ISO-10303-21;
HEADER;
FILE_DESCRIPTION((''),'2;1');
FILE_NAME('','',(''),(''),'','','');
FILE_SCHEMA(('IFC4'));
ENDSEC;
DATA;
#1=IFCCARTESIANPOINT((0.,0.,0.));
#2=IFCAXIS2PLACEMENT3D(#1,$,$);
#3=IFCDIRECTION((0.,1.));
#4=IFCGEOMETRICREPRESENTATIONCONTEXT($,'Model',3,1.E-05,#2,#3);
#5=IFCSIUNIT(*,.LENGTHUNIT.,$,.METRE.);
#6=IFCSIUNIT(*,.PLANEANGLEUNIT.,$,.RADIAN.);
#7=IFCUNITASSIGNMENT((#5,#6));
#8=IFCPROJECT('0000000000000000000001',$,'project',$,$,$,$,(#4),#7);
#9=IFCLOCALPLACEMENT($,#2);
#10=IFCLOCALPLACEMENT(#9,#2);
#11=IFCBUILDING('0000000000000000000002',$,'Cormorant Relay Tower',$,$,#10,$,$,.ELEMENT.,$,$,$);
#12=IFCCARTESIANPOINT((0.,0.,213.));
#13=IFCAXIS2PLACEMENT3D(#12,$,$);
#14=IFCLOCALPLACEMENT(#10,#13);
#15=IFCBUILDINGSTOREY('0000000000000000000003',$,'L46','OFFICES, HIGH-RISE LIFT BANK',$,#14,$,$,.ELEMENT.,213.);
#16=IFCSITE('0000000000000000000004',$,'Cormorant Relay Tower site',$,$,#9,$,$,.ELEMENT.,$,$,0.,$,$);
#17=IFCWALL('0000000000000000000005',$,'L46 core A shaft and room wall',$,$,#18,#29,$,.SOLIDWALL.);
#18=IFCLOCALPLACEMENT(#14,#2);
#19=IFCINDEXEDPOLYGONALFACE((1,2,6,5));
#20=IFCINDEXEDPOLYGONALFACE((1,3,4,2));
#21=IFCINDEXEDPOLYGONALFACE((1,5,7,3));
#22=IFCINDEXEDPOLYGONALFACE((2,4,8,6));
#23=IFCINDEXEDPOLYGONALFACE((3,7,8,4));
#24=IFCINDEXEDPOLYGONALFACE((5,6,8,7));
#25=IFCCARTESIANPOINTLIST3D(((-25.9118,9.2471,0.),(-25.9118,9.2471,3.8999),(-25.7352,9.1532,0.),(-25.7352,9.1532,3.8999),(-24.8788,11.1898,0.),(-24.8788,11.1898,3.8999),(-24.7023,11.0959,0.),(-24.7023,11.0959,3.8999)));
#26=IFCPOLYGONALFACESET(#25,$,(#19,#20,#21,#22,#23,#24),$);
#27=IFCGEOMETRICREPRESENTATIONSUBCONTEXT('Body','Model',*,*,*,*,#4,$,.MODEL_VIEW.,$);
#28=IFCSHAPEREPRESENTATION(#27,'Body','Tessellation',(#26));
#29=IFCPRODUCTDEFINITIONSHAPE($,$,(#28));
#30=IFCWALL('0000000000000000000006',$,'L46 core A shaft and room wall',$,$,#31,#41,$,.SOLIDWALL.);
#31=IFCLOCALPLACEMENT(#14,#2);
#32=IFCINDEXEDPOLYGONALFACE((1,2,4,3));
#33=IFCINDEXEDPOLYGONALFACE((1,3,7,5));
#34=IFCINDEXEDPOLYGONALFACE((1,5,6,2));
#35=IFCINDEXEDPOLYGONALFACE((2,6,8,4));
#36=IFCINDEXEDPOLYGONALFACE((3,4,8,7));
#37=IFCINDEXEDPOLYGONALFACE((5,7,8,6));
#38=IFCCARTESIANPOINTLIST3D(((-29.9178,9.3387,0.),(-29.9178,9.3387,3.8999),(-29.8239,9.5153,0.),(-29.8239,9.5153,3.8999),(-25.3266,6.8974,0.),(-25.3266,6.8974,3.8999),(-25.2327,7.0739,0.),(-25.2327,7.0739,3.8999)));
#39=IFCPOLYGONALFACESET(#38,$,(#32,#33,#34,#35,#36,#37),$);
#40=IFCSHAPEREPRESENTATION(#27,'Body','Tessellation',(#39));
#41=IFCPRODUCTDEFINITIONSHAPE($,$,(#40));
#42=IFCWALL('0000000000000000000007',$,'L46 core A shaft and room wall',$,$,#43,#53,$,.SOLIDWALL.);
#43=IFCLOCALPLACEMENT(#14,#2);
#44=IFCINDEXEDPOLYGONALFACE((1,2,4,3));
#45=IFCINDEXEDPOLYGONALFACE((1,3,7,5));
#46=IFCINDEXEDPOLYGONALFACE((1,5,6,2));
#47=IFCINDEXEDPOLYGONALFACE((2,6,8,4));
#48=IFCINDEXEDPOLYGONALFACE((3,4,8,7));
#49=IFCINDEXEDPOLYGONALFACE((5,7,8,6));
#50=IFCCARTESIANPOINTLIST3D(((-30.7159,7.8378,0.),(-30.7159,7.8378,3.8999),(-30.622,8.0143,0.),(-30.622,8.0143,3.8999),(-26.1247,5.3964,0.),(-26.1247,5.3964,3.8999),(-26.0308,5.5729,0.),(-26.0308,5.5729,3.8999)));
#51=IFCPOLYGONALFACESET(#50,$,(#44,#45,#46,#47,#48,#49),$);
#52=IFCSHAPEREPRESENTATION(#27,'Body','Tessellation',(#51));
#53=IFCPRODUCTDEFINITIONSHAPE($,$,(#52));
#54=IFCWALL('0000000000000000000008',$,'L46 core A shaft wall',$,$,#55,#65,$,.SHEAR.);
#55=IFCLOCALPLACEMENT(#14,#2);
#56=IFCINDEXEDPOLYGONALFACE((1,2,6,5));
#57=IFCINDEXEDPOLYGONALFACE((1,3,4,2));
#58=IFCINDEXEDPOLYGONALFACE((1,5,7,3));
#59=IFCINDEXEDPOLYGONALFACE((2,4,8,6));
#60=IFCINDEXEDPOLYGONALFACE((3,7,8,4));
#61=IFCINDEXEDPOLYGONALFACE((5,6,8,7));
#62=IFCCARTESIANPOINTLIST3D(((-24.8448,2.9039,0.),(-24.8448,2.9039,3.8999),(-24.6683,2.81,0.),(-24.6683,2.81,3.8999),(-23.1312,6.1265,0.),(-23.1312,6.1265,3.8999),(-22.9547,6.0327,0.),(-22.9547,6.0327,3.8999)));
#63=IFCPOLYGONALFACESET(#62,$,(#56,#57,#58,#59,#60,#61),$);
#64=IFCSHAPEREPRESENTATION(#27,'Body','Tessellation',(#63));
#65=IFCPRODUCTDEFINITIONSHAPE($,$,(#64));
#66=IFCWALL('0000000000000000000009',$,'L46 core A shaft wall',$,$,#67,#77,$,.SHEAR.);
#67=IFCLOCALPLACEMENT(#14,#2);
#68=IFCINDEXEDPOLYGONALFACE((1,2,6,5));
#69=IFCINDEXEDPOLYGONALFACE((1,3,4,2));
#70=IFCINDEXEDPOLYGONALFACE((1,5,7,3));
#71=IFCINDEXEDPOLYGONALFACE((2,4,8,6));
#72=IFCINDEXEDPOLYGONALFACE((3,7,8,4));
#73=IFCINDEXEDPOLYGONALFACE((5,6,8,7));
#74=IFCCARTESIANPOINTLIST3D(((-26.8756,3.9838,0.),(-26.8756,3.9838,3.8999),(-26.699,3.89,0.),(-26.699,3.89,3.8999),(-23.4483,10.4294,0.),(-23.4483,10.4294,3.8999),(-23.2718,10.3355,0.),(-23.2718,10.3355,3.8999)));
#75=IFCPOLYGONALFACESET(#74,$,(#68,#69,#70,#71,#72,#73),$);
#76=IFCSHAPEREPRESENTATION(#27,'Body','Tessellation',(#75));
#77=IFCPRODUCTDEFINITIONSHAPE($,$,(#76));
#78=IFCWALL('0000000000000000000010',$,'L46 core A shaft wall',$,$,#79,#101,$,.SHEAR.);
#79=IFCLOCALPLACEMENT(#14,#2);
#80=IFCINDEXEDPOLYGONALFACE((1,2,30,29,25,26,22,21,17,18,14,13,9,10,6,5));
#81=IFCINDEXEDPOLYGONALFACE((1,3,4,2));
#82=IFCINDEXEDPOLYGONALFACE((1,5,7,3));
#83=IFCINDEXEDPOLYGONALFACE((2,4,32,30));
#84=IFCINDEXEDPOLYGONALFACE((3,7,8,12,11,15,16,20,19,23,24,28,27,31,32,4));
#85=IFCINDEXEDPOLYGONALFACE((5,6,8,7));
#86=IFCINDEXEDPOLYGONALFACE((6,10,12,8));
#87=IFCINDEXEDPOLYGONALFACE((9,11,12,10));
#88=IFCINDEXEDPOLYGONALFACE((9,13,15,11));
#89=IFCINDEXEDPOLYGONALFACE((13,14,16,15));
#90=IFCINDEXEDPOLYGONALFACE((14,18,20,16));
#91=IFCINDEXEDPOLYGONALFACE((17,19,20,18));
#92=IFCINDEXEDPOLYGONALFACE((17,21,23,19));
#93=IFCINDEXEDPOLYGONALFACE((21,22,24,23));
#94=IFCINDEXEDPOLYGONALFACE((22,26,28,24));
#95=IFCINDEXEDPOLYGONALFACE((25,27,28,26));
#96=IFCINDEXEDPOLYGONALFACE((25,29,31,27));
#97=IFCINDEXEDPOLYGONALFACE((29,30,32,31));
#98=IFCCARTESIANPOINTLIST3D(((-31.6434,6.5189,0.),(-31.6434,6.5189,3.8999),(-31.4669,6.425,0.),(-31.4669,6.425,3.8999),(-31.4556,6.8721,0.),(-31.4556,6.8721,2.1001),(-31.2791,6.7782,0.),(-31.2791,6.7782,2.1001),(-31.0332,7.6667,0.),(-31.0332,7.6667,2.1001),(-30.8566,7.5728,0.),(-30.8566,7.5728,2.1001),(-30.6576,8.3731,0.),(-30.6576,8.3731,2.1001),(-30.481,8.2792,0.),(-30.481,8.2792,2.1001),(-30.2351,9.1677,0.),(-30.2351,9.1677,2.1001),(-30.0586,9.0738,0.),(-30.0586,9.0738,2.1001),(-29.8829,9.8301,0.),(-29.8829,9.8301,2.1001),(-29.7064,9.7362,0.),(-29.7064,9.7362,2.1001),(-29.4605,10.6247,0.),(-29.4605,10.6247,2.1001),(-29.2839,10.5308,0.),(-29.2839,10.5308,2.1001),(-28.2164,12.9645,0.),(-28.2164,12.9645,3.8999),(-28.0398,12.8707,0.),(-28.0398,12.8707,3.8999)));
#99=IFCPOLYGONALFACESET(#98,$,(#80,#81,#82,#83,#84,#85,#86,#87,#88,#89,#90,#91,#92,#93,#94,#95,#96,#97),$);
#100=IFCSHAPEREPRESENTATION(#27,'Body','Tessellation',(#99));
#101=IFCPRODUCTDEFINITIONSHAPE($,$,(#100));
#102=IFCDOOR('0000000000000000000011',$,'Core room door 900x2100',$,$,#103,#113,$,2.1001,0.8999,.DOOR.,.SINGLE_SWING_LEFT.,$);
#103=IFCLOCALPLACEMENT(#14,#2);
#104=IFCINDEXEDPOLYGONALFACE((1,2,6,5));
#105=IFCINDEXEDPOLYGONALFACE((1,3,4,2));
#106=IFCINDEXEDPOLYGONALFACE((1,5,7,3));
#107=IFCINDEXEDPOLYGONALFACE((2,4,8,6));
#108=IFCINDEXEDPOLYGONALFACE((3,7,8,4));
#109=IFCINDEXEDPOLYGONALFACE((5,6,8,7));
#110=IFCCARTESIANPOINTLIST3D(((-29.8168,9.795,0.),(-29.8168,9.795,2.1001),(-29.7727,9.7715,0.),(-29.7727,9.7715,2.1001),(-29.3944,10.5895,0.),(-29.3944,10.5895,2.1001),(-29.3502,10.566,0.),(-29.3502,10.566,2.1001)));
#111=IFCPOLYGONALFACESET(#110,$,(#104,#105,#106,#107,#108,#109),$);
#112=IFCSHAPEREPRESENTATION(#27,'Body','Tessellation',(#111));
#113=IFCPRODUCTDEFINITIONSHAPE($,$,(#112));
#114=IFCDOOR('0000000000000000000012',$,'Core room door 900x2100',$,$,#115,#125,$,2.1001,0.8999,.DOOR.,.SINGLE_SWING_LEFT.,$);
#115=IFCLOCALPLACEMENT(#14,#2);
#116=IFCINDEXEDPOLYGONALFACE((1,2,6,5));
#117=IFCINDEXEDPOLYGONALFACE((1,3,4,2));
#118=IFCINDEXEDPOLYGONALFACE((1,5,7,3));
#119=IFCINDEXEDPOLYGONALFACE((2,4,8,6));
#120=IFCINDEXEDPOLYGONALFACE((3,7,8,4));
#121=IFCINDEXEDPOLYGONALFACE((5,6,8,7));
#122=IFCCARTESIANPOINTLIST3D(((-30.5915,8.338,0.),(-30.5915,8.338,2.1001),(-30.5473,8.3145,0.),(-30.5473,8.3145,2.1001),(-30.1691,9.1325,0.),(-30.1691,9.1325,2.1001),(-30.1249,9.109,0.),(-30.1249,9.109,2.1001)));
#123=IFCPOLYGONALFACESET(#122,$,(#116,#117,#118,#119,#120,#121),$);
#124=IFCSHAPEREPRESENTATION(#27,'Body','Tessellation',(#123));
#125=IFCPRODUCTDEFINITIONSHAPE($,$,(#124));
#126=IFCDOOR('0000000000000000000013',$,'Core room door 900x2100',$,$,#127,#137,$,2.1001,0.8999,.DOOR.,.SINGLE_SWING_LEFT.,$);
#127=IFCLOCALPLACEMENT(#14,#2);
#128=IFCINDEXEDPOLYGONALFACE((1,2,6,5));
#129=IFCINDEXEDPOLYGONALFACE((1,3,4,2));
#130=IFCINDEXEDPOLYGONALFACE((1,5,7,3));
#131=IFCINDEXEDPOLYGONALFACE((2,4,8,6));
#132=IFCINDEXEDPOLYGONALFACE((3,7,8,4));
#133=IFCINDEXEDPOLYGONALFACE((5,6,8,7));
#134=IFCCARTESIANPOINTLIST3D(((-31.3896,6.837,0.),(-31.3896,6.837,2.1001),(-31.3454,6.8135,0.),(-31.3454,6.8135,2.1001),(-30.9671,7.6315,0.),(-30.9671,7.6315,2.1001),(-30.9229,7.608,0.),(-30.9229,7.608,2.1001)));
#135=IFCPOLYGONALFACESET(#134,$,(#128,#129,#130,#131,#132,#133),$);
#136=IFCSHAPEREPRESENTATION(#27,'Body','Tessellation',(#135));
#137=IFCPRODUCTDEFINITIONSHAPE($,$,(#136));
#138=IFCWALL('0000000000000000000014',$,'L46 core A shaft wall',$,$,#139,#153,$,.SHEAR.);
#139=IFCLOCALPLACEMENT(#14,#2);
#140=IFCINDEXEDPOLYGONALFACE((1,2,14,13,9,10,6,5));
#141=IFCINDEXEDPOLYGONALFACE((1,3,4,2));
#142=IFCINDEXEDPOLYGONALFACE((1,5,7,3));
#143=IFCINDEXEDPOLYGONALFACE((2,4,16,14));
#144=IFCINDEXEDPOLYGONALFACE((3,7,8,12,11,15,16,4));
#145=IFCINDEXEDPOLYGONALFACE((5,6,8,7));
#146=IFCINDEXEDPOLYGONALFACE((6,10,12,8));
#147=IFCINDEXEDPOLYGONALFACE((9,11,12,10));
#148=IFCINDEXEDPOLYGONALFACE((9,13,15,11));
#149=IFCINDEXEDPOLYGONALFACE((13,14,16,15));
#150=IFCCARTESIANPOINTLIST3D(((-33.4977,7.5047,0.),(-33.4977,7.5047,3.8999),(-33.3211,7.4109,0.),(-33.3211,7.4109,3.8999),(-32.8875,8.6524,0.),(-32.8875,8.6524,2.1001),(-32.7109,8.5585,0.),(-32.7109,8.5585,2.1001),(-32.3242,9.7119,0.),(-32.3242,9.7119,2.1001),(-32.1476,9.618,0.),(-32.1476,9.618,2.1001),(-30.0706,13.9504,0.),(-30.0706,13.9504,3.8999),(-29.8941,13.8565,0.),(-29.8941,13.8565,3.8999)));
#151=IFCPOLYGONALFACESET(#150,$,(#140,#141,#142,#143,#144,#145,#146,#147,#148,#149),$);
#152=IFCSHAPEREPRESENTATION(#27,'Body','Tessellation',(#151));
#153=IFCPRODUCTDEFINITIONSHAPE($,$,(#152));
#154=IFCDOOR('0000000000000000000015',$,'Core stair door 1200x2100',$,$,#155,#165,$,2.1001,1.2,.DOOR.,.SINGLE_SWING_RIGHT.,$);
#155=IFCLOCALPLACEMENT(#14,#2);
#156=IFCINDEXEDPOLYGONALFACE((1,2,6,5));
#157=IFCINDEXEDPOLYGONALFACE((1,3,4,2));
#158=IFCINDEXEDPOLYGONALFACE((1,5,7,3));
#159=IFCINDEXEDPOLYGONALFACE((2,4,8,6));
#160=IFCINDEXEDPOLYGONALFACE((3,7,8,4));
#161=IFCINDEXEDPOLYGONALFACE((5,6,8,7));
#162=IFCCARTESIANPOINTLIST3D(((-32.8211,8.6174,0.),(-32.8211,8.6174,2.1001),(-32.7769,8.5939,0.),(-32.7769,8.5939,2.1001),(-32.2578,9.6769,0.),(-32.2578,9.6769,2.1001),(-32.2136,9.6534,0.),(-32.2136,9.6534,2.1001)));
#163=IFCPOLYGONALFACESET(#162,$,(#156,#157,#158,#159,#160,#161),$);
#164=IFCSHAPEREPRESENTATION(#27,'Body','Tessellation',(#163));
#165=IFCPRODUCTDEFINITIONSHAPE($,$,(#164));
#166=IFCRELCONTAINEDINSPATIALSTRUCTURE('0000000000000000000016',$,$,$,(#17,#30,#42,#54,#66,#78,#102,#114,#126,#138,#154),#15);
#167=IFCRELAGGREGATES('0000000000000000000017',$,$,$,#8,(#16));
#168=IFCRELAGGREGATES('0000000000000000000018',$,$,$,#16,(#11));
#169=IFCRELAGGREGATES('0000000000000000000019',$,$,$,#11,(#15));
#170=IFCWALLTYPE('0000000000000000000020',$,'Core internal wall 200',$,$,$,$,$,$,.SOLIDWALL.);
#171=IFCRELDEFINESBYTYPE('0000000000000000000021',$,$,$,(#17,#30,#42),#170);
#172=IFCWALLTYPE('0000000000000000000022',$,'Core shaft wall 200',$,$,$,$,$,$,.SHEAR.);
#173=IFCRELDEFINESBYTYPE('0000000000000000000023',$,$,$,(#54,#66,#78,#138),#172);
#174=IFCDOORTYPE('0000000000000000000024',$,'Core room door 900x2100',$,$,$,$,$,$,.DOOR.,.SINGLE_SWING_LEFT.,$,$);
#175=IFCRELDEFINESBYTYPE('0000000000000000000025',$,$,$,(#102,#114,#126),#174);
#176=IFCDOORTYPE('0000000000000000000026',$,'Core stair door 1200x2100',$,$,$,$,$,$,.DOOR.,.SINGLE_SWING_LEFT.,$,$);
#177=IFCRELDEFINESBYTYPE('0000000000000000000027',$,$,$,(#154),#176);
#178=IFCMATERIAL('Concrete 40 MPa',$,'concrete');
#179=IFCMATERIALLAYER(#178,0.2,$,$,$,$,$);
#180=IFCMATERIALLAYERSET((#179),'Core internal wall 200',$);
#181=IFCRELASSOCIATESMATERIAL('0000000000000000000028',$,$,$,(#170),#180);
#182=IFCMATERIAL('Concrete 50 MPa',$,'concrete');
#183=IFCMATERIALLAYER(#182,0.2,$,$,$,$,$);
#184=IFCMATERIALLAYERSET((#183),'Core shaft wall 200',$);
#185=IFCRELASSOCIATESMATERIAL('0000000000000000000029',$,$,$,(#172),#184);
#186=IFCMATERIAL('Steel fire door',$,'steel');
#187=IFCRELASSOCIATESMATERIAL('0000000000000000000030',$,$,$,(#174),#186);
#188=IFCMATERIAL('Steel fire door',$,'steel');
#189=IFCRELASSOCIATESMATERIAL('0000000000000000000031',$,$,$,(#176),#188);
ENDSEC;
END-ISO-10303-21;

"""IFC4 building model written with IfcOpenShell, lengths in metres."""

from ifc_helpers import new_model, si_unit, direction, frame, frame_2d, origin, place, context, subcontext, project, spatial, rectangle, extrude, material, layer, layer_set, type_object, element, fill, save


model = new_model("IFC4")

# Units and contexts
model_context = context("Model", 3, precision=1e-05, world=origin(), true_north=direction((0.0, 1.0)))
body_context = subcontext(model_context, "Body", "Model", "MODEL_VIEW")
ifc_project = project(units=[si_unit("LENGTHUNIT", "METRE"), si_unit("PLANEANGLEUNIT", "RADIAN")], contexts=[model_context])

# Site, building, storey
site_placement = place(None, origin())
site = spatial("IfcSite", under=ifc_project, at=site_placement, Name="Cormorant Relay Tower site", CompositionType="ELEMENT", RefElevation=0.0)
building_placement = place(site_placement, origin())
building = spatial("IfcBuilding", under=site, at=building_placement, Name="Cormorant Relay Tower", CompositionType="ELEMENT")
storey_placement = place(building_placement, frame((0.0, 0.0, 213.0)))
storey = spatial("IfcBuildingStorey", under=building, at=storey_placement, Name="L46", Description="OFFICES, HIGH-RISE LIFT BANK", CompositionType="ELEMENT", Elevation=213.0)

# Walls
ifc_material_1 = material(Name="Concrete 40 MPa", Category="concrete")
ifc_layer_1 = layer(ifc_material_1, 0.2)
ifc_layer_set_1 = layer_set([ifc_layer_1], Name="Core internal wall 200")
wall_type_1 = type_object("IfcWallType", Name="Core internal wall 200", PredefinedType="SOLIDWALL", material=ifc_layer_set_1)
wall_1_placement = place(storey_placement, frame((-24.7905, 11.1428, 0.0), z_axis=(0.0, 0.0, 1.0), x_axis=(-0.469488, -0.882939, 0.0)))
element("IfcWall", 1, at=wall_1_placement, inside=storey, type_object=wall_type_1, Name="L46 core A shaft and room wall", PredefinedType="SOLIDWALL", context=body_context, shape_type="SweptSolid", body=[
    extrude(rectangle(XDim=2.2002, YDim=0.2, at=frame_2d((1.1001, 0.0))), origin(), (0.0, 0.0, 1.0), 3.8999),
])
for number, where, z_axis, x_axis, name in (
    (2, (-25.2795, 6.9856, 0.0), (0.0, 0.0, 1.0), (-0.882935, 0.469496, 0.0), "L46 core A shaft and room wall"),
    (3, (-26.0776, 5.4846, 0.0), (0.0, 0.0, 1.0), (-0.882935, 0.469496, 0.0), "L46 core A shaft and room wall"),
):
    element("IfcWall", number, at=place(storey_placement, frame(where, z_axis=z_axis, x_axis=x_axis)), inside=storey, type_object=wall_type_1, Name=name, PredefinedType="SOLIDWALL", context=body_context, shape_type="SweptSolid", body=[
        extrude(rectangle(XDim=5.2, YDim=0.2, at=frame_2d((2.6001, 0.0))), origin(), (0.0, 0.0, 1.0), 3.8999),
    ])
ifc_material_2 = material(Name="Concrete 50 MPa", Category="concrete")
ifc_layer_2 = layer(ifc_material_2, 0.2)
ifc_layer_set_2 = layer_set([ifc_layer_2], Name="Core shaft wall 200")
wall_type_2 = type_object("IfcWallType", Name="Core shaft wall 200", PredefinedType="SHEAR", material=ifc_layer_set_2)
wall_2_placement = place(storey_placement, frame((-23.043, 6.0796, 0.0), z_axis=(0.0, 0.0, 1.0), x_axis=(-0.469494, -0.882936, 0.0)))
element("IfcWall", 4, at=wall_2_placement, inside=storey, type_object=wall_type_2, Name="L46 core A shaft wall", PredefinedType="SHEAR", context=body_context, shape_type="SweptSolid", body=[
    extrude(rectangle(XDim=3.6499, YDim=0.2, at=frame_2d((1.825, 0.0))), origin(), (0.0, 0.0, 1.0), 3.8999),
])
wall_3_placement = place(storey_placement, frame((-23.3601, 10.3823, 0.0), z_axis=(0.0, 0.0, 1.0), x_axis=(-0.46948, -0.882943, 0.0)))
element("IfcWall", 5, at=wall_3_placement, inside=storey, type_object=wall_type_2, Name="L46 core A shaft wall", PredefinedType="SHEAR", context=body_context, shape_type="SweptSolid", body=[
    extrude(rectangle(XDim=7.3, YDim=0.2, at=frame_2d((3.6499, 0.0))), origin(), (0.0, 0.0, 1.0), 3.8999),
])

# Wall, openings, doors
wall_4_placement = place(storey_placement, frame((-28.1282, 12.9175, 0.0), z_axis=(0.0, 0.0, 1.0), x_axis=(-0.469454, -0.882957, 0.0)))
wall_4 = element("IfcWall", 6, at=wall_4_placement, inside=storey, type_object=wall_type_2, Name="L46 core A shaft wall", PredefinedType="SHEAR", context=body_context, shape_type="SweptSolid", body=[
    extrude(rectangle(XDim=7.3, YDim=0.2, at=frame_2d((3.6499, 0.0))), origin(), (0.0, 0.0, 1.0), 3.8999),
])
opening_1_placement = place(wall_4_placement, frame((2.6499, 0.0, 0.0)))
opening_1 = element("IfcOpeningElement", 7, at=opening_1_placement, cuts=wall_4, PredefinedType="OPENING", context=body_context, shape_type="SweptSolid", body=[
    extrude(rectangle(XDim=0.8999, YDim=2.1001, at=frame_2d((0.45, 1.05))), frame((0.0, 0.1099, 0.0), z_axis=(0.0, -1.0, 0.0), x_axis=(1.0, 0.0, 0.0)), (0.0, 0.0, 1.0), 0.22),
])
opening_2_placement = place(wall_4_placement, frame((4.3, 0.0, 0.0)))
opening_2 = element("IfcOpeningElement", 8, at=opening_2_placement, cuts=wall_4, PredefinedType="OPENING", context=body_context, shape_type="SweptSolid", body=[
    extrude(rectangle(XDim=0.8999, YDim=2.1001, at=frame_2d((0.45, 1.05))), frame((0.0, 0.1099, 0.0), z_axis=(0.0, -1.0, 0.0), x_axis=(1.0, 0.0, 0.0)), (0.0, 0.0, 1.0), 0.22),
])
opening_3_placement = place(wall_4_placement, frame((6.0, 0.0, 0.0)))
opening_3 = element("IfcOpeningElement", 9, at=opening_3_placement, cuts=wall_4, PredefinedType="OPENING", context=body_context, shape_type="SweptSolid", body=[
    extrude(rectangle(XDim=0.8999, YDim=2.1001, at=frame_2d((0.45, 1.05))), frame((0.0, 0.1099, 0.0), z_axis=(0.0, -1.0, 0.0), x_axis=(1.0, 0.0, 0.0)), (0.0, 0.0, 1.0), 0.22),
])
ifc_material_3 = material(Name="Steel fire door", Category="steel")
door_type_1 = type_object("IfcDoorType", Name="Core room door 900x2100", OperationType="SINGLE_SWING_LEFT", PredefinedType="DOOR", material=ifc_material_3)
door_1_placement = place(opening_1_placement, origin())
door_1 = element("IfcDoor", 10, at=door_1_placement, inside=storey, type_object=door_type_1, Name="Core room door 900x2100", OperationType="SINGLE_SWING_LEFT", OverallHeight=2.1001, OverallWidth=0.8999, PredefinedType="DOOR", context=body_context, shape_type="SweptSolid", body=[
    extrude(rectangle(XDim=0.8999, YDim=2.1001, at=frame_2d((0.45, 1.05))), frame((0.0, 0.0249, 0.0), z_axis=(0.0, -1.0, 0.0), x_axis=(1.0, 0.0, 0.0)), (0.0, 0.0, 1.0), 0.05),
])
fill(opening_1, door_1)
door_2_placement = place(opening_2_placement, origin())
door_2 = element("IfcDoor", 11, at=door_2_placement, inside=storey, type_object=door_type_1, Name="Core room door 900x2100", OperationType="SINGLE_SWING_LEFT", OverallHeight=2.1001, OverallWidth=0.8999, PredefinedType="DOOR", context=body_context, shape_type="SweptSolid", body=[
    extrude(rectangle(XDim=0.8999, YDim=2.1001, at=frame_2d((0.45, 1.05))), frame((0.0, 0.0249, 0.0), z_axis=(0.0, -1.0, 0.0), x_axis=(1.0, 0.0, 0.0)), (0.0, 0.0, 1.0), 0.05),
])
fill(opening_2, door_2)
door_3_placement = place(opening_3_placement, origin())
door_3 = element("IfcDoor", 12, at=door_3_placement, inside=storey, type_object=door_type_1, Name="Core room door 900x2100", OperationType="SINGLE_SWING_LEFT", OverallHeight=2.1001, OverallWidth=0.8999, PredefinedType="DOOR", context=body_context, shape_type="SweptSolid", body=[
    extrude(rectangle(XDim=0.8999, YDim=2.1001, at=frame_2d((0.45, 1.05))), frame((0.0, 0.0249, 0.0), z_axis=(0.0, -1.0, 0.0), x_axis=(1.0, 0.0, 0.0)), (0.0, 0.0, 1.0), 0.05),
])
fill(opening_3, door_3)

# Wall, opening, door
wall_5_placement = place(storey_placement, frame((-29.9824, 13.9033, 0.0), z_axis=(0.0, 0.0, 1.0), x_axis=(-0.469454, -0.882957, 0.0)))
wall_5 = element("IfcWall", 13, at=wall_5_placement, inside=storey, type_object=wall_type_2, Name="L46 core A shaft wall", PredefinedType="SHEAR", context=body_context, shape_type="SweptSolid", body=[
    extrude(rectangle(XDim=7.3, YDim=0.2, at=frame_2d((3.6499, 0.0))), origin(), (0.0, 0.0, 1.0), 3.8999),
])
opening_4_placement = place(wall_5_placement, frame((4.8, 0.0, 0.0)))
opening_4 = element("IfcOpeningElement", 14, at=opening_4_placement, cuts=wall_5, PredefinedType="OPENING", context=body_context, shape_type="SweptSolid", body=[
    extrude(rectangle(XDim=1.2, YDim=2.1001, at=frame_2d((0.6001, 1.05))), frame((0.0, 0.1099, 0.0), z_axis=(0.0, -1.0, 0.0), x_axis=(1.0, 0.0, 0.0)), (0.0, 0.0, 1.0), 0.22),
])
ifc_material_4 = material(Name="Steel fire door", Category="steel")
door_type_2 = type_object("IfcDoorType", Name="Core stair door 1200x2100", OperationType="SINGLE_SWING_LEFT", PredefinedType="DOOR", material=ifc_material_4)
door_4_placement = place(opening_4_placement, frame((1.2, 0.0, 0.0), z_axis=(0.0, 0.0, 1.0), x_axis=(-1.0, 0.0, 0.0)))
door_4 = element("IfcDoor", 15, at=door_4_placement, inside=storey, type_object=door_type_2, Name="Core stair door 1200x2100", OperationType="SINGLE_SWING_RIGHT", OverallHeight=2.1001, OverallWidth=1.2, PredefinedType="DOOR", context=body_context, shape_type="SweptSolid", body=[
    extrude(rectangle(XDim=1.2, YDim=2.1001, at=frame_2d((0.6001, 1.05))), frame((0.0, 0.0249, 0.0), z_axis=(0.0, -1.0, 0.0), x_axis=(1.0, 0.0, 0.0)), (0.0, 0.0, 1.0), 0.05),
])
fill(opening_4, door_4)

save(model, "model.ifc")
